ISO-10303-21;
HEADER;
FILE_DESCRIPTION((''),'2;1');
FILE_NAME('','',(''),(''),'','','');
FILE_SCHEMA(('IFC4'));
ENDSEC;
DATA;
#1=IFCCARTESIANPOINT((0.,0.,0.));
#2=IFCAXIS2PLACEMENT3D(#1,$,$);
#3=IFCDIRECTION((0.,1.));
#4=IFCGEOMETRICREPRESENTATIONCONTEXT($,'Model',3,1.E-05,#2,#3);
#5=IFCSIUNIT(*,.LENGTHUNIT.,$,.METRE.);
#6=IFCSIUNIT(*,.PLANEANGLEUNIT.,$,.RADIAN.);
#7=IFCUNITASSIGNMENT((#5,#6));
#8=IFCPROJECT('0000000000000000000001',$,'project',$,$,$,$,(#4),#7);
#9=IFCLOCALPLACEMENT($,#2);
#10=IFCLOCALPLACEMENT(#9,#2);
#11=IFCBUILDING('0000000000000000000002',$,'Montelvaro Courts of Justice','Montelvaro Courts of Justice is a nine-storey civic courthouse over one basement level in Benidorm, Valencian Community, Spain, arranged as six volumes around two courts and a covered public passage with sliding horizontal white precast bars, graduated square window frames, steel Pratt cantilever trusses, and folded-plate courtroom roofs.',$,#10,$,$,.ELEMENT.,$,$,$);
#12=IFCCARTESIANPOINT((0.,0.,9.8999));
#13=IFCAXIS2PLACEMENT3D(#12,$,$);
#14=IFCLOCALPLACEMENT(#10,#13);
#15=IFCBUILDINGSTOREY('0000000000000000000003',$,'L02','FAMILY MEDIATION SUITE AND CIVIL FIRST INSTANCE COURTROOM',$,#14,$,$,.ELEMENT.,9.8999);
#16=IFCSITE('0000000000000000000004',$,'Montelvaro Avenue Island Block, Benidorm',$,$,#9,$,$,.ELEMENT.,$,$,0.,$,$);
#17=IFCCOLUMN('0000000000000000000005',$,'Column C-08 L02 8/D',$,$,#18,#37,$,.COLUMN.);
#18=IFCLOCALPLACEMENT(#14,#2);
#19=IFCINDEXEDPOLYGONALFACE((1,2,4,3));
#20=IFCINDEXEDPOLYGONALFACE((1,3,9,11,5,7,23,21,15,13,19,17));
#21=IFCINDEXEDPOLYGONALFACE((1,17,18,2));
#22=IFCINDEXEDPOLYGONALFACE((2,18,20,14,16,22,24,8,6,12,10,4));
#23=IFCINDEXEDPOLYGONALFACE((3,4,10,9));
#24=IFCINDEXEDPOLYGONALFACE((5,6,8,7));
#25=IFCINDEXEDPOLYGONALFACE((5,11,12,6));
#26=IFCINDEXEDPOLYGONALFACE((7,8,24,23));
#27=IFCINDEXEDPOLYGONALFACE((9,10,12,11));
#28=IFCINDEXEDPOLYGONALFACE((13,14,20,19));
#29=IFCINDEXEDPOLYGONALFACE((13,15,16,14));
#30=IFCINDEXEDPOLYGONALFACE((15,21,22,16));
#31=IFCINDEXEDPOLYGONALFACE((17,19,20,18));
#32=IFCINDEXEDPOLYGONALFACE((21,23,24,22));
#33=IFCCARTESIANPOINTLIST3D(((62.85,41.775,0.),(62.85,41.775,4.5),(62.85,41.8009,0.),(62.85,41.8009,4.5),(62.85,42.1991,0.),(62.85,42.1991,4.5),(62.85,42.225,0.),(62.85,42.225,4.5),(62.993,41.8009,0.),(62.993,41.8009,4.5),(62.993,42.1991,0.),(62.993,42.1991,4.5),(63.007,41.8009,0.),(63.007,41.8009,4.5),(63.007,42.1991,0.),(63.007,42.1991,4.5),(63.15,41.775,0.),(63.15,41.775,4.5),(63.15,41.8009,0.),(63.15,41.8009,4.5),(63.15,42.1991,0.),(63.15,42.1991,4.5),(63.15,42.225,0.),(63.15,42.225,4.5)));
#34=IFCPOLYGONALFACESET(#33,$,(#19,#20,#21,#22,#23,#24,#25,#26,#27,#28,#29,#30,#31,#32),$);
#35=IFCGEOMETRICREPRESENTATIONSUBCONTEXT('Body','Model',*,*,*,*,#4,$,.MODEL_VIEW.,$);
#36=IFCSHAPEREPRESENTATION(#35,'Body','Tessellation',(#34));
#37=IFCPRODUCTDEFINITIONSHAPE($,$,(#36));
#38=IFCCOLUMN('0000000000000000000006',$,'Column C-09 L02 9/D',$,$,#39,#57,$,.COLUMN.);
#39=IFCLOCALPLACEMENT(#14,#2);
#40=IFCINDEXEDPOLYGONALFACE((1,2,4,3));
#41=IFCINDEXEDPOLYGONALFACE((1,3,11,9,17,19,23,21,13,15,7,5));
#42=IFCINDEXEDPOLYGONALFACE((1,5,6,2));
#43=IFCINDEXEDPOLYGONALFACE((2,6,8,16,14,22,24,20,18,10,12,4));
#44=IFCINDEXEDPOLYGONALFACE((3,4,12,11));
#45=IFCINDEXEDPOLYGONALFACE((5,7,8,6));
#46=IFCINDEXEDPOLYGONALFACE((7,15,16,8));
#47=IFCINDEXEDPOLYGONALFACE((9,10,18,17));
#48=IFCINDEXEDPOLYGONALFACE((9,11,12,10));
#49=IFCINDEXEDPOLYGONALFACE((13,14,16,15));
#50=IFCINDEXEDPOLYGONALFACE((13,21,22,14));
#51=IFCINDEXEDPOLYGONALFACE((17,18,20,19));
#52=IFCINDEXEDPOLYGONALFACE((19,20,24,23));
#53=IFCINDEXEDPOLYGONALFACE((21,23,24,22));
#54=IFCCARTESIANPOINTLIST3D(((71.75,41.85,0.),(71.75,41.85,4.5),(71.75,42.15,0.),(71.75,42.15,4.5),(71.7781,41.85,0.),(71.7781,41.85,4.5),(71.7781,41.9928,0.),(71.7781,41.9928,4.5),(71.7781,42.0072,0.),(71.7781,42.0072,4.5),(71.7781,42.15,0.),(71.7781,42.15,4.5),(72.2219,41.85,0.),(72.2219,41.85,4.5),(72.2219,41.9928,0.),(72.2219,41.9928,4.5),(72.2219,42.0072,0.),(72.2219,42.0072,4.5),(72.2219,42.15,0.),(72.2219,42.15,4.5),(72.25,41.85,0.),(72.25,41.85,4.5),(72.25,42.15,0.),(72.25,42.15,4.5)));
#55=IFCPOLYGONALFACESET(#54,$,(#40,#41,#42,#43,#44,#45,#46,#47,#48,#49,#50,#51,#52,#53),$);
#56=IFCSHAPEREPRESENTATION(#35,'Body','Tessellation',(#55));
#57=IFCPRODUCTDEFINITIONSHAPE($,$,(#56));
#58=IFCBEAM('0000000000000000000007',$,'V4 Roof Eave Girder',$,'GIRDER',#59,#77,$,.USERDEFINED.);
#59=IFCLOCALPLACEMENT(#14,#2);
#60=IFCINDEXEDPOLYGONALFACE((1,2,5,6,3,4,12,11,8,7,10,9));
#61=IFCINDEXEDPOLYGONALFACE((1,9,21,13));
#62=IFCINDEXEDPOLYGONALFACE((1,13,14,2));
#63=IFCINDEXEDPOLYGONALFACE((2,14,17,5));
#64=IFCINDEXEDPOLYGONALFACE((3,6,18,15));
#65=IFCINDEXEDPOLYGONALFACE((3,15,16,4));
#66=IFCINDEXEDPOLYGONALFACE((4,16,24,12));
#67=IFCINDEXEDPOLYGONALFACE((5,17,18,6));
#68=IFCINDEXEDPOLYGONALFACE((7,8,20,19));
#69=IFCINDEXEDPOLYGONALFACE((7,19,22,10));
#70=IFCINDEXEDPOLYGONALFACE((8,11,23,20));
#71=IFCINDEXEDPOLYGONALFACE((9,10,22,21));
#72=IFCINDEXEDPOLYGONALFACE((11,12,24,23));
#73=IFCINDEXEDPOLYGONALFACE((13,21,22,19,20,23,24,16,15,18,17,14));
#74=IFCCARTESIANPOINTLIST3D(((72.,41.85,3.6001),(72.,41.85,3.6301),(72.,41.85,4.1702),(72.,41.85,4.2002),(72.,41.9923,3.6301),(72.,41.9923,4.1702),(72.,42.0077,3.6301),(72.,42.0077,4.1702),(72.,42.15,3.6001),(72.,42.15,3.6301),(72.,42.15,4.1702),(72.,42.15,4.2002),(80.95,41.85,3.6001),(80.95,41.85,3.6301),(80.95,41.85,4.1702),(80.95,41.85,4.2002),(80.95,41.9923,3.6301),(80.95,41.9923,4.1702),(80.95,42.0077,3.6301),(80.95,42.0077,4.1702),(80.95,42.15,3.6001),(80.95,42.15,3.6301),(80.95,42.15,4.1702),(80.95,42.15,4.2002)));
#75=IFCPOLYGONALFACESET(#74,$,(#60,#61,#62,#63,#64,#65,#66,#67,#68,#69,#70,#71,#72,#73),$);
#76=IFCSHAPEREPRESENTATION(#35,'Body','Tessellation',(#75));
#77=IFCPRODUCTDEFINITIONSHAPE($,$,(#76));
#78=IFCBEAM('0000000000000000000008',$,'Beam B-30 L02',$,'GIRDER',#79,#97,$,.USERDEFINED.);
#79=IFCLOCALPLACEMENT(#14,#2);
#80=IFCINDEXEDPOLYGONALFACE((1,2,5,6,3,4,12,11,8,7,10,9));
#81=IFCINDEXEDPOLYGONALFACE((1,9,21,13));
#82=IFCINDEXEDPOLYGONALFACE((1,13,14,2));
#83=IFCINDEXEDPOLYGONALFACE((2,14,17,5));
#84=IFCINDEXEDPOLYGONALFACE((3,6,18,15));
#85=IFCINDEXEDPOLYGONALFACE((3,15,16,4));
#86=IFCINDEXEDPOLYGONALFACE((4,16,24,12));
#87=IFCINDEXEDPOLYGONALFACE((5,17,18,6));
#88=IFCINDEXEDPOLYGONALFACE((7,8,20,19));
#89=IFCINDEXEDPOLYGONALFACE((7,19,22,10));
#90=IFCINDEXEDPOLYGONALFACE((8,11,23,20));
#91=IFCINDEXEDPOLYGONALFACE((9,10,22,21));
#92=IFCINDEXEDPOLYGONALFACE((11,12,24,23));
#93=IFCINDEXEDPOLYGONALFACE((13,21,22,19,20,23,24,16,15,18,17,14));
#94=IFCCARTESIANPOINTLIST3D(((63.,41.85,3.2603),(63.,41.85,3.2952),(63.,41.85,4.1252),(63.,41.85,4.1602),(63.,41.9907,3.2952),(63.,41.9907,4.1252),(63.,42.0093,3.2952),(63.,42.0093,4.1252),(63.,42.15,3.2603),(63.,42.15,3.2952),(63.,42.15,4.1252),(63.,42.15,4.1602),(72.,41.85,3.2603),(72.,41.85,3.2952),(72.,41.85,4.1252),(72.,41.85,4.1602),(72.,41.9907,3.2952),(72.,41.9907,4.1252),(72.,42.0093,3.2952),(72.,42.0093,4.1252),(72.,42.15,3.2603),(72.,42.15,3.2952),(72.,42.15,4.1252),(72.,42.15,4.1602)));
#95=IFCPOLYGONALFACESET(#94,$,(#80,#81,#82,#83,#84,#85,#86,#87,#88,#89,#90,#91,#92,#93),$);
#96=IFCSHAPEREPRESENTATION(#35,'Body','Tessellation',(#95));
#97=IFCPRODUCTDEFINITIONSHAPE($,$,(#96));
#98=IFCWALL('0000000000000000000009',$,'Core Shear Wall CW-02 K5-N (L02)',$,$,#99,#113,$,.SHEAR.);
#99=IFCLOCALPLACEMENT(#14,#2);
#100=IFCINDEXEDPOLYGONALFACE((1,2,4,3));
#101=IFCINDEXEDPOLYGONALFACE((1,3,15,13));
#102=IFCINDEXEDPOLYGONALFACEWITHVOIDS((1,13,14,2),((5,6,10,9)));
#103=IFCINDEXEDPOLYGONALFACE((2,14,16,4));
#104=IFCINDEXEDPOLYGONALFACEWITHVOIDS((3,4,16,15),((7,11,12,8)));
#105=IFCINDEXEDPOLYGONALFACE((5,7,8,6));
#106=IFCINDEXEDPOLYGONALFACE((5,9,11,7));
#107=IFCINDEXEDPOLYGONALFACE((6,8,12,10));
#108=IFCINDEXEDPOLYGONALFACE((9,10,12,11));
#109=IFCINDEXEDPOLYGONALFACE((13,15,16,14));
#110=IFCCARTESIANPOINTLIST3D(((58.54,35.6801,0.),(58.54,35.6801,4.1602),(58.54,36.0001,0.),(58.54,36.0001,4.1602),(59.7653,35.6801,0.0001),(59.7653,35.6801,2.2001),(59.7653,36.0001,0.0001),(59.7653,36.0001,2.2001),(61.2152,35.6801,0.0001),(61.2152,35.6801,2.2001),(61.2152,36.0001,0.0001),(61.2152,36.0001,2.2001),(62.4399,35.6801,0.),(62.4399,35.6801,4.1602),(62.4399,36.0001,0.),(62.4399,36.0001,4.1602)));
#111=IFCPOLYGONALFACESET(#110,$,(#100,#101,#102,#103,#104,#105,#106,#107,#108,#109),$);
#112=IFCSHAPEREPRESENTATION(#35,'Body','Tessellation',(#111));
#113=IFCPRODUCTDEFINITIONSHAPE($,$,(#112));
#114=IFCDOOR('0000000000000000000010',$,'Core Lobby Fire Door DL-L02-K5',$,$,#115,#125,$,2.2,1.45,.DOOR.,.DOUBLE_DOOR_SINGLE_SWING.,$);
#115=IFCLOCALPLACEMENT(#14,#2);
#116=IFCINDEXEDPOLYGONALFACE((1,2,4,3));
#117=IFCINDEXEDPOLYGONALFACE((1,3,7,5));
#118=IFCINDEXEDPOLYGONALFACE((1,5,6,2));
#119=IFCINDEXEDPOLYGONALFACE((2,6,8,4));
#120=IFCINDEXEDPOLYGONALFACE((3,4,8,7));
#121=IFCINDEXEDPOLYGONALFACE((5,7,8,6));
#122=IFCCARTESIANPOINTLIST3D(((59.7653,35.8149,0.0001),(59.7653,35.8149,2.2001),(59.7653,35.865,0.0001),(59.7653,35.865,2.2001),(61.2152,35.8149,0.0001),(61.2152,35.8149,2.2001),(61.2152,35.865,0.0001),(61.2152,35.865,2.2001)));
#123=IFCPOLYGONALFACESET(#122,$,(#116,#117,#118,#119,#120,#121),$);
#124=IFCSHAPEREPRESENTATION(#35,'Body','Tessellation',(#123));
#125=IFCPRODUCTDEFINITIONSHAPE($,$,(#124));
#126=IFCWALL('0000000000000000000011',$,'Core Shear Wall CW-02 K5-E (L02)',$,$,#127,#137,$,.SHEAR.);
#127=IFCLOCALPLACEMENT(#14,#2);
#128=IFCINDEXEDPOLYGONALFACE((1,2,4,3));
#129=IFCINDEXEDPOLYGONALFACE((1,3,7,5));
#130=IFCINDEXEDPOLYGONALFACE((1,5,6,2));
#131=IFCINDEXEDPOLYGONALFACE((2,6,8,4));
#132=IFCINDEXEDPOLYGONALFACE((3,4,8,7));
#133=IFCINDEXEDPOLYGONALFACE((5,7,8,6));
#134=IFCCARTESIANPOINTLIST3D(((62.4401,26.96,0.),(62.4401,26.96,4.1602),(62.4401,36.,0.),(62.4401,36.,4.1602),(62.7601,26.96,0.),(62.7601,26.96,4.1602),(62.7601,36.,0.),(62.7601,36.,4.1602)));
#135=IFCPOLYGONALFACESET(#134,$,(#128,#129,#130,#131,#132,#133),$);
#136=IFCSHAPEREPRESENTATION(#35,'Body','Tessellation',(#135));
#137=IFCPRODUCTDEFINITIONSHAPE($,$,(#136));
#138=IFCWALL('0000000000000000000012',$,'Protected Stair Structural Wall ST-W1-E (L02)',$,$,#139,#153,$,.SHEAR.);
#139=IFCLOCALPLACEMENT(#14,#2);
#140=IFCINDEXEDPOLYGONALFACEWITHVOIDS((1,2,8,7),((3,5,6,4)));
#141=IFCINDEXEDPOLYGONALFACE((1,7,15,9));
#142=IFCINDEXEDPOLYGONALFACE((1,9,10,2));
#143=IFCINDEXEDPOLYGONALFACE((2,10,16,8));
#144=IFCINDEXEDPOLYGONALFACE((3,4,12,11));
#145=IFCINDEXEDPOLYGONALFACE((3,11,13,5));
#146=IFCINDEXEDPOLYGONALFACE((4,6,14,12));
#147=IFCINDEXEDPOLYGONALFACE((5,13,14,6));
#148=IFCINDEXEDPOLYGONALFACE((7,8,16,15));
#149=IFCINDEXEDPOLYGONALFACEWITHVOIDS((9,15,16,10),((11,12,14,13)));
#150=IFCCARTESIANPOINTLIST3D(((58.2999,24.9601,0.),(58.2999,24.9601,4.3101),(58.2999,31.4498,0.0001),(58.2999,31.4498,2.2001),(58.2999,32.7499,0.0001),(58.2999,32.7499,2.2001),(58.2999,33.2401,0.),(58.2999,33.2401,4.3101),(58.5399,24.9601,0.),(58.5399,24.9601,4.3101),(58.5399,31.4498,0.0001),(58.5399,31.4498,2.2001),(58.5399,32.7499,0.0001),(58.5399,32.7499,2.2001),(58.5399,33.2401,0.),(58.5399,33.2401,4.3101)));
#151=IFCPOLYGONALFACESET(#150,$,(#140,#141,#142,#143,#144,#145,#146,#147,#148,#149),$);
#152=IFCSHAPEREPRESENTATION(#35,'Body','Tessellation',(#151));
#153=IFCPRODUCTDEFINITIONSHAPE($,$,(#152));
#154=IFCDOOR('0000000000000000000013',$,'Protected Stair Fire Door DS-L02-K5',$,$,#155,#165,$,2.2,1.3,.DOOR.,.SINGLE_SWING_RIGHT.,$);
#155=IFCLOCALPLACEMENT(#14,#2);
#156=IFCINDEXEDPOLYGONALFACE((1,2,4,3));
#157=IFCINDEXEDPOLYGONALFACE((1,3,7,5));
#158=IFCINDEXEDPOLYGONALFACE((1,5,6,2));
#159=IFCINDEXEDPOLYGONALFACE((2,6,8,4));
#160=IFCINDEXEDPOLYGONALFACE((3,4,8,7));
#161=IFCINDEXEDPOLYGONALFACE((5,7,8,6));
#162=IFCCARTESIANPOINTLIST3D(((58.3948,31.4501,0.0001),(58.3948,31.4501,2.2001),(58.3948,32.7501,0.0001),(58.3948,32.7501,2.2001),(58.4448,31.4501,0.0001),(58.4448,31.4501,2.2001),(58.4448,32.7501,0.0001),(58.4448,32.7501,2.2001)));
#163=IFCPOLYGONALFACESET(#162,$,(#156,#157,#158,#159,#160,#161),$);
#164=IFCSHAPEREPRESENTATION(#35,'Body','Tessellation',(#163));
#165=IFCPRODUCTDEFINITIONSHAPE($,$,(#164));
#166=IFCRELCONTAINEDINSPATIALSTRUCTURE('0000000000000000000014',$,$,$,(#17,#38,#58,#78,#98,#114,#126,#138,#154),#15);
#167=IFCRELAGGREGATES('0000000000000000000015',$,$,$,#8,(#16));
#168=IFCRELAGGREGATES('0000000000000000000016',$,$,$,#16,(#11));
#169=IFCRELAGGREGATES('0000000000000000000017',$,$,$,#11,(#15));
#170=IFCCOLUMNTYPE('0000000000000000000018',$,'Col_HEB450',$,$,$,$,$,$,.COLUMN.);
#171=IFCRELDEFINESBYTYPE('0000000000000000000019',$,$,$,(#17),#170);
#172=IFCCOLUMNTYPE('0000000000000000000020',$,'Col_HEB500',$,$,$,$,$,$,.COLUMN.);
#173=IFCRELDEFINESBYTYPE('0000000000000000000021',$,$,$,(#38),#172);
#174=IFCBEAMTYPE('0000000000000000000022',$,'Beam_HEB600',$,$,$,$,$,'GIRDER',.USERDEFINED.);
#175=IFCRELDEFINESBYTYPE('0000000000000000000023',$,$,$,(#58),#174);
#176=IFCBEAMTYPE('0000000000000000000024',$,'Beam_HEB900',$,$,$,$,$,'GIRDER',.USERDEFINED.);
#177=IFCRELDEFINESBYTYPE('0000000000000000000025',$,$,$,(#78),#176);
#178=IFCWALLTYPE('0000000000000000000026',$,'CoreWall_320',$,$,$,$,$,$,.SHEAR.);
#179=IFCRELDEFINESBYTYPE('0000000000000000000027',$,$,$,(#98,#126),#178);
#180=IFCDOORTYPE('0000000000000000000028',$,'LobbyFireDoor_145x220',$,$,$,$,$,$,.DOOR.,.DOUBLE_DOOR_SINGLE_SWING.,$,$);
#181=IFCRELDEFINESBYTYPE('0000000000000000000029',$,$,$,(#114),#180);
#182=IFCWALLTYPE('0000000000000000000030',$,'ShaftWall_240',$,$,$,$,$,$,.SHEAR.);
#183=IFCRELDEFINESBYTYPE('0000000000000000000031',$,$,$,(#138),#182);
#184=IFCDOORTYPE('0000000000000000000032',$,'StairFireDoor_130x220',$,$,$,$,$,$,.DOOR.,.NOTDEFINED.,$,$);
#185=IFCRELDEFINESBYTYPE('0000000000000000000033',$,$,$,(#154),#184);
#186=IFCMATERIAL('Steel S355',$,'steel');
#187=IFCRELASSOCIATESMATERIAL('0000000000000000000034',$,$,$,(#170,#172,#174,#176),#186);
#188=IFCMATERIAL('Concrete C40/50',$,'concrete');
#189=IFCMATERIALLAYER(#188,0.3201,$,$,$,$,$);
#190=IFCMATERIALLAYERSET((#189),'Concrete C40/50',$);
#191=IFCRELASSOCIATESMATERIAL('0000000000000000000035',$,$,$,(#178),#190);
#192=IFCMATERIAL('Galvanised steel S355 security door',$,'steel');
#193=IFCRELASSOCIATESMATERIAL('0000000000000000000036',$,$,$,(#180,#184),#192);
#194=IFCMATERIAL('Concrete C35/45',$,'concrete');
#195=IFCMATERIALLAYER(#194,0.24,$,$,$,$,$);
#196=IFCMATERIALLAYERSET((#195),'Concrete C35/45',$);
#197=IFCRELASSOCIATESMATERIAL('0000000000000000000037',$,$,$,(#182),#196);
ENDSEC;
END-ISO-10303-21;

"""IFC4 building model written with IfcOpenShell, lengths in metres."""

from ifc_helpers import new_model, si_unit, direction, frame, frame_2d, origin, origin_2d, place, context, subcontext, project, spatial, rectangle, i_section, extrude, material, layer, layer_set, material_profile, profile_set, type_object, element, fill, save


model = new_model("IFC4")

# Units and contexts
model_context = context("Model", 3, precision=1e-05, world=origin(), true_north=direction((0.0, 1.0)))
body_context = subcontext(model_context, "Body", "Model", "MODEL_VIEW")
ifc_project = project(units=[si_unit("LENGTHUNIT", "METRE"), si_unit("PLANEANGLEUNIT", "RADIAN")], contexts=[model_context])

# Site, building, storey
site_placement = place(None, origin())
site = spatial("IfcSite", under=ifc_project, at=site_placement, Name="Montelvaro Avenue Island Block, Benidorm", CompositionType="ELEMENT", RefElevation=0.0)
building_placement = place(site_placement, origin())
building = spatial("IfcBuilding", under=site, at=building_placement, Name="Montelvaro Courts of Justice", Description="Montelvaro Courts of Justice is a nine-storey civic courthouse over one basement level in Benidorm, Valencian Community, Spain, arranged as six volumes around two courts and a covered public passage with sliding horizontal white precast bars, graduated square window frames, steel Pratt cantilever trusses, and folded-plate courtroom roofs.", CompositionType="ELEMENT")
storey_placement = place(building_placement, frame((0.0, 0.0, 9.8999)))
storey = spatial("IfcBuildingStorey", under=building, at=storey_placement, Name="L02", Description="FAMILY MEDIATION SUITE AND CIVIL FIRST INSTANCE COURTROOM", CompositionType="ELEMENT", Elevation=9.8999)

# Columns
ifc_material_1 = material(Name="Steel S355", Category="steel")
ifc_material_profile_1 = material_profile(ifc_material_1, i_section(OverallWidth=0.3, OverallDepth=0.45, WebThickness=0.0139, FlangeThickness=0.0259, at=origin_2d()), Name="HEB 450")
ifc_profile_set_1 = profile_set([ifc_material_profile_1], Name="Steel S355")
column_type_1 = type_object("IfcColumnType", Name="Col_HEB450", PredefinedType="COLUMN", material=ifc_profile_set_1)
column_1_placement = place(storey_placement, frame((63.0, 42.0, 0.0), z_axis=(0.0, 0.0, 1.0), x_axis=(1.0, 0.0, 0.0)))
element("IfcColumn", 1, at=column_1_placement, inside=storey, type_object=column_type_1, Name="Column C-08 L02 8/D", PredefinedType="COLUMN", context=body_context, shape_type="SweptSolid", body=[
    extrude(i_section(OverallWidth=0.3, OverallDepth=0.45, WebThickness=0.0139, FlangeThickness=0.0259, at=origin_2d()), origin(), (0.0, 0.0, 1.0), 4.5),
])
ifc_material_profile_2 = material_profile(ifc_material_1, i_section(OverallWidth=0.3, OverallDepth=0.5, WebThickness=0.0144, FlangeThickness=0.0281, at=origin_2d()), Name="HEB 500")
ifc_profile_set_2 = profile_set([ifc_material_profile_2], Name="Steel S355")
column_type_2 = type_object("IfcColumnType", Name="Col_HEB500", PredefinedType="COLUMN", material=ifc_profile_set_2)
column_2_placement = place(storey_placement, frame((72.0, 42.0, 0.0), z_axis=(0.0, 0.0, 1.0), x_axis=(0.0, 1.0, 0.0)))
element("IfcColumn", 2, at=column_2_placement, inside=storey, type_object=column_type_2, Name="Column C-09 L02 9/D", PredefinedType="COLUMN", context=body_context, shape_type="SweptSolid", body=[
    extrude(i_section(OverallWidth=0.3, OverallDepth=0.5, WebThickness=0.0144, FlangeThickness=0.0281, at=origin_2d()), origin(), (0.0, 0.0, 1.0), 4.5),
])

# Beams
ifc_material_profile_3 = material_profile(ifc_material_1, i_section(OverallWidth=0.3, OverallDepth=0.6001, WebThickness=0.0154, FlangeThickness=0.03, at=origin_2d()), Name="HEB 600")
ifc_profile_set_3 = profile_set([ifc_material_profile_3], Name="Steel S355")
beam_type_1 = type_object("IfcBeamType", Name="Beam_HEB600", ElementType="GIRDER", PredefinedType="USERDEFINED", material=ifc_profile_set_3)
beam_1_placement = place(storey_placement, frame((72.0, 42.0, 3.9001), z_axis=(1.0, 0.0, 0.0), x_axis=(0.0, 1.0, 0.0)))
element("IfcBeam", 3, at=beam_1_placement, inside=storey, type_object=beam_type_1, Name="V4 Roof Eave Girder", ObjectType="GIRDER", PredefinedType="USERDEFINED", context=body_context, shape_type="SweptSolid", body=[
    extrude(i_section(OverallWidth=0.3, OverallDepth=0.6001, WebThickness=0.0154, FlangeThickness=0.03, at=origin_2d()), origin(), (0.0, 0.0, 1.0), 8.95),
])
ifc_material_profile_4 = material_profile(ifc_material_1, i_section(OverallWidth=0.3, OverallDepth=0.8999, WebThickness=0.0186, FlangeThickness=0.0349, at=origin_2d()), Name="HEB 900")
ifc_profile_set_4 = profile_set([ifc_material_profile_4], Name="Steel S355")
beam_type_2 = type_object("IfcBeamType", Name="Beam_HEB900", ElementType="GIRDER", PredefinedType="USERDEFINED", material=ifc_profile_set_4)
beam_2_placement = place(storey_placement, frame((63.0, 42.0, 3.7102), z_axis=(1.0, 0.0, 0.0), x_axis=(0.0, 1.0, 0.0)))
element("IfcBeam", 4, at=beam_2_placement, inside=storey, type_object=beam_type_2, Name="Beam B-30 L02", ObjectType="GIRDER", PredefinedType="USERDEFINED", context=body_context, shape_type="SweptSolid", body=[
    extrude(i_section(OverallWidth=0.3, OverallDepth=0.8999, WebThickness=0.0186, FlangeThickness=0.0349, at=origin_2d()), origin(), (0.0, 0.0, 1.0), 9.0),
])

# Wall, opening, door
ifc_material_2 = material(Name="Concrete C40/50", Category="concrete")
ifc_layer_1 = layer(ifc_material_2, 0.3201)
ifc_layer_set_1 = layer_set([ifc_layer_1], Name="Concrete C40/50")
wall_type_1 = type_object("IfcWallType", Name="CoreWall_320", PredefinedType="SHEAR", material=ifc_layer_set_1)
wall_1_placement = place(storey_placement, frame((58.54, 35.8401, 0.0), z_axis=(0.0, 0.0, 1.0), x_axis=(1.0, 0.0, 0.0)))
wall_1 = element("IfcWall", 5, at=wall_1_placement, inside=storey, type_object=wall_type_1, Name="Core Shear Wall CW-02 K5-N (L02)", PredefinedType="SHEAR", context=body_context, shape_type="SweptSolid", body=[
    extrude(rectangle(XDim=3.8999, YDim=0.3201, at=frame_2d((1.95, 0.0))), origin(), (0.0, 0.0, 1.0), 4.1602),
])
opening_1_placement = place(wall_1_placement, frame((1.2251, 0.0, 0.0)))
opening_1 = element("IfcOpeningElement", 6, at=opening_1_placement, cuts=wall_1, PredefinedType="OPENING", context=body_context, shape_type="SweptSolid", body=[
    extrude(rectangle(XDim=1.45, YDim=2.2, at=frame_2d((0.7251, 1.1001))), frame((0.0, 0.1748, 0.0), z_axis=(0.0, -1.0, 0.0), x_axis=(1.0, 0.0, 0.0)), (0.0, 0.0, 1.0), 0.3499),
])
ifc_material_3 = material(Name="Galvanised steel S355 security door", Category="steel")
door_type_1 = type_object("IfcDoorType", Name="LobbyFireDoor_145x220", OperationType="DOUBLE_DOOR_SINGLE_SWING", PredefinedType="DOOR", material=ifc_material_3)
door_1_placement = place(opening_1_placement, origin())
door_1 = element("IfcDoor", 7, at=door_1_placement, inside=storey, type_object=door_type_1, Name="Core Lobby Fire Door DL-L02-K5", OperationType="DOUBLE_DOOR_SINGLE_SWING", OverallHeight=2.2, OverallWidth=1.45, PredefinedType="DOOR", context=body_context, shape_type="SweptSolid", body=[
    extrude(rectangle(XDim=1.45, YDim=2.2, at=frame_2d((0.7251, 1.1001))), frame((0.0, 0.0249, 0.0), z_axis=(0.0, -1.0, 0.0), x_axis=(1.0, 0.0, 0.0)), (0.0, 0.0, 1.0), 0.05),
])
fill(opening_1, door_1)

# Wall
wall_2_placement = place(storey_placement, frame((62.6001, 26.96, 0.0), z_axis=(0.0, 0.0, 1.0), x_axis=(0.0, 1.0, 0.0)))
element("IfcWall", 8, at=wall_2_placement, inside=storey, type_object=wall_type_1, Name="Core Shear Wall CW-02 K5-E (L02)", PredefinedType="SHEAR", context=body_context, shape_type="SweptSolid", body=[
    extrude(rectangle(XDim=9.04, YDim=0.3201, at=frame_2d((4.52, 0.0))), origin(), (0.0, 0.0, 1.0), 4.1602),
])

# Wall, opening, door
ifc_material_4 = material(Name="Concrete C35/45", Category="concrete")
ifc_layer_2 = layer(ifc_material_4, 0.24)
ifc_layer_set_2 = layer_set([ifc_layer_2], Name="Concrete C35/45")
wall_type_2 = type_object("IfcWallType", Name="ShaftWall_240", PredefinedType="SHEAR", material=ifc_layer_set_2)
wall_3_placement = place(storey_placement, frame((58.4199, 24.96, 0.0), z_axis=(0.0, 0.0, 1.0), x_axis=(0.0, 1.0, 0.0)))
wall_3 = element("IfcWall", 9, at=wall_3_placement, inside=storey, type_object=wall_type_2, Name="Protected Stair Structural Wall ST-W1-E (L02)", PredefinedType="SHEAR", context=body_context, shape_type="SweptSolid", body=[
    extrude(rectangle(XDim=8.28, YDim=0.24, at=frame_2d((4.1401, 0.0))), origin(), (0.0, 0.0, 1.0), 4.3101),
])
opening_2_placement = place(wall_3_placement, frame((6.49, 0.0, 0.0)))
opening_2 = element("IfcOpeningElement", 10, at=opening_2_placement, cuts=wall_3, PredefinedType="OPENING", context=body_context, shape_type="SweptSolid", body=[
    extrude(rectangle(XDim=1.3, YDim=2.2, at=frame_2d((0.6499, 1.1001))), frame((0.0, 0.1348, 0.0), z_axis=(0.0, -1.0, 0.0), x_axis=(1.0, 0.0, 0.0)), (0.0, 0.0, 1.0), 0.2698),
])
door_type_2 = type_object("IfcDoorType", Name="StairFireDoor_130x220", OperationType="NOTDEFINED", PredefinedType="DOOR", material=ifc_material_3)
door_2_placement = place(opening_2_placement, frame((1.3, 0.0, 0.0), z_axis=(0.0, 0.0, 1.0), x_axis=(-1.0, 0.0, 0.0)))
door_2 = element("IfcDoor", 11, at=door_2_placement, inside=storey, type_object=door_type_2, Name="Protected Stair Fire Door DS-L02-K5", OperationType="SINGLE_SWING_RIGHT", OverallHeight=2.2, OverallWidth=1.3, PredefinedType="DOOR", context=body_context, shape_type="SweptSolid", body=[
    extrude(rectangle(XDim=1.3, YDim=2.2, at=frame_2d((0.6499, 1.1001))), frame((0.0, 0.0249, 0.0), z_axis=(0.0, -1.0, 0.0), x_axis=(1.0, 0.0, 0.0)), (0.0, 0.0, 1.0), 0.05),
])
fill(opening_2, door_2)

save(model, "model.ifc")
